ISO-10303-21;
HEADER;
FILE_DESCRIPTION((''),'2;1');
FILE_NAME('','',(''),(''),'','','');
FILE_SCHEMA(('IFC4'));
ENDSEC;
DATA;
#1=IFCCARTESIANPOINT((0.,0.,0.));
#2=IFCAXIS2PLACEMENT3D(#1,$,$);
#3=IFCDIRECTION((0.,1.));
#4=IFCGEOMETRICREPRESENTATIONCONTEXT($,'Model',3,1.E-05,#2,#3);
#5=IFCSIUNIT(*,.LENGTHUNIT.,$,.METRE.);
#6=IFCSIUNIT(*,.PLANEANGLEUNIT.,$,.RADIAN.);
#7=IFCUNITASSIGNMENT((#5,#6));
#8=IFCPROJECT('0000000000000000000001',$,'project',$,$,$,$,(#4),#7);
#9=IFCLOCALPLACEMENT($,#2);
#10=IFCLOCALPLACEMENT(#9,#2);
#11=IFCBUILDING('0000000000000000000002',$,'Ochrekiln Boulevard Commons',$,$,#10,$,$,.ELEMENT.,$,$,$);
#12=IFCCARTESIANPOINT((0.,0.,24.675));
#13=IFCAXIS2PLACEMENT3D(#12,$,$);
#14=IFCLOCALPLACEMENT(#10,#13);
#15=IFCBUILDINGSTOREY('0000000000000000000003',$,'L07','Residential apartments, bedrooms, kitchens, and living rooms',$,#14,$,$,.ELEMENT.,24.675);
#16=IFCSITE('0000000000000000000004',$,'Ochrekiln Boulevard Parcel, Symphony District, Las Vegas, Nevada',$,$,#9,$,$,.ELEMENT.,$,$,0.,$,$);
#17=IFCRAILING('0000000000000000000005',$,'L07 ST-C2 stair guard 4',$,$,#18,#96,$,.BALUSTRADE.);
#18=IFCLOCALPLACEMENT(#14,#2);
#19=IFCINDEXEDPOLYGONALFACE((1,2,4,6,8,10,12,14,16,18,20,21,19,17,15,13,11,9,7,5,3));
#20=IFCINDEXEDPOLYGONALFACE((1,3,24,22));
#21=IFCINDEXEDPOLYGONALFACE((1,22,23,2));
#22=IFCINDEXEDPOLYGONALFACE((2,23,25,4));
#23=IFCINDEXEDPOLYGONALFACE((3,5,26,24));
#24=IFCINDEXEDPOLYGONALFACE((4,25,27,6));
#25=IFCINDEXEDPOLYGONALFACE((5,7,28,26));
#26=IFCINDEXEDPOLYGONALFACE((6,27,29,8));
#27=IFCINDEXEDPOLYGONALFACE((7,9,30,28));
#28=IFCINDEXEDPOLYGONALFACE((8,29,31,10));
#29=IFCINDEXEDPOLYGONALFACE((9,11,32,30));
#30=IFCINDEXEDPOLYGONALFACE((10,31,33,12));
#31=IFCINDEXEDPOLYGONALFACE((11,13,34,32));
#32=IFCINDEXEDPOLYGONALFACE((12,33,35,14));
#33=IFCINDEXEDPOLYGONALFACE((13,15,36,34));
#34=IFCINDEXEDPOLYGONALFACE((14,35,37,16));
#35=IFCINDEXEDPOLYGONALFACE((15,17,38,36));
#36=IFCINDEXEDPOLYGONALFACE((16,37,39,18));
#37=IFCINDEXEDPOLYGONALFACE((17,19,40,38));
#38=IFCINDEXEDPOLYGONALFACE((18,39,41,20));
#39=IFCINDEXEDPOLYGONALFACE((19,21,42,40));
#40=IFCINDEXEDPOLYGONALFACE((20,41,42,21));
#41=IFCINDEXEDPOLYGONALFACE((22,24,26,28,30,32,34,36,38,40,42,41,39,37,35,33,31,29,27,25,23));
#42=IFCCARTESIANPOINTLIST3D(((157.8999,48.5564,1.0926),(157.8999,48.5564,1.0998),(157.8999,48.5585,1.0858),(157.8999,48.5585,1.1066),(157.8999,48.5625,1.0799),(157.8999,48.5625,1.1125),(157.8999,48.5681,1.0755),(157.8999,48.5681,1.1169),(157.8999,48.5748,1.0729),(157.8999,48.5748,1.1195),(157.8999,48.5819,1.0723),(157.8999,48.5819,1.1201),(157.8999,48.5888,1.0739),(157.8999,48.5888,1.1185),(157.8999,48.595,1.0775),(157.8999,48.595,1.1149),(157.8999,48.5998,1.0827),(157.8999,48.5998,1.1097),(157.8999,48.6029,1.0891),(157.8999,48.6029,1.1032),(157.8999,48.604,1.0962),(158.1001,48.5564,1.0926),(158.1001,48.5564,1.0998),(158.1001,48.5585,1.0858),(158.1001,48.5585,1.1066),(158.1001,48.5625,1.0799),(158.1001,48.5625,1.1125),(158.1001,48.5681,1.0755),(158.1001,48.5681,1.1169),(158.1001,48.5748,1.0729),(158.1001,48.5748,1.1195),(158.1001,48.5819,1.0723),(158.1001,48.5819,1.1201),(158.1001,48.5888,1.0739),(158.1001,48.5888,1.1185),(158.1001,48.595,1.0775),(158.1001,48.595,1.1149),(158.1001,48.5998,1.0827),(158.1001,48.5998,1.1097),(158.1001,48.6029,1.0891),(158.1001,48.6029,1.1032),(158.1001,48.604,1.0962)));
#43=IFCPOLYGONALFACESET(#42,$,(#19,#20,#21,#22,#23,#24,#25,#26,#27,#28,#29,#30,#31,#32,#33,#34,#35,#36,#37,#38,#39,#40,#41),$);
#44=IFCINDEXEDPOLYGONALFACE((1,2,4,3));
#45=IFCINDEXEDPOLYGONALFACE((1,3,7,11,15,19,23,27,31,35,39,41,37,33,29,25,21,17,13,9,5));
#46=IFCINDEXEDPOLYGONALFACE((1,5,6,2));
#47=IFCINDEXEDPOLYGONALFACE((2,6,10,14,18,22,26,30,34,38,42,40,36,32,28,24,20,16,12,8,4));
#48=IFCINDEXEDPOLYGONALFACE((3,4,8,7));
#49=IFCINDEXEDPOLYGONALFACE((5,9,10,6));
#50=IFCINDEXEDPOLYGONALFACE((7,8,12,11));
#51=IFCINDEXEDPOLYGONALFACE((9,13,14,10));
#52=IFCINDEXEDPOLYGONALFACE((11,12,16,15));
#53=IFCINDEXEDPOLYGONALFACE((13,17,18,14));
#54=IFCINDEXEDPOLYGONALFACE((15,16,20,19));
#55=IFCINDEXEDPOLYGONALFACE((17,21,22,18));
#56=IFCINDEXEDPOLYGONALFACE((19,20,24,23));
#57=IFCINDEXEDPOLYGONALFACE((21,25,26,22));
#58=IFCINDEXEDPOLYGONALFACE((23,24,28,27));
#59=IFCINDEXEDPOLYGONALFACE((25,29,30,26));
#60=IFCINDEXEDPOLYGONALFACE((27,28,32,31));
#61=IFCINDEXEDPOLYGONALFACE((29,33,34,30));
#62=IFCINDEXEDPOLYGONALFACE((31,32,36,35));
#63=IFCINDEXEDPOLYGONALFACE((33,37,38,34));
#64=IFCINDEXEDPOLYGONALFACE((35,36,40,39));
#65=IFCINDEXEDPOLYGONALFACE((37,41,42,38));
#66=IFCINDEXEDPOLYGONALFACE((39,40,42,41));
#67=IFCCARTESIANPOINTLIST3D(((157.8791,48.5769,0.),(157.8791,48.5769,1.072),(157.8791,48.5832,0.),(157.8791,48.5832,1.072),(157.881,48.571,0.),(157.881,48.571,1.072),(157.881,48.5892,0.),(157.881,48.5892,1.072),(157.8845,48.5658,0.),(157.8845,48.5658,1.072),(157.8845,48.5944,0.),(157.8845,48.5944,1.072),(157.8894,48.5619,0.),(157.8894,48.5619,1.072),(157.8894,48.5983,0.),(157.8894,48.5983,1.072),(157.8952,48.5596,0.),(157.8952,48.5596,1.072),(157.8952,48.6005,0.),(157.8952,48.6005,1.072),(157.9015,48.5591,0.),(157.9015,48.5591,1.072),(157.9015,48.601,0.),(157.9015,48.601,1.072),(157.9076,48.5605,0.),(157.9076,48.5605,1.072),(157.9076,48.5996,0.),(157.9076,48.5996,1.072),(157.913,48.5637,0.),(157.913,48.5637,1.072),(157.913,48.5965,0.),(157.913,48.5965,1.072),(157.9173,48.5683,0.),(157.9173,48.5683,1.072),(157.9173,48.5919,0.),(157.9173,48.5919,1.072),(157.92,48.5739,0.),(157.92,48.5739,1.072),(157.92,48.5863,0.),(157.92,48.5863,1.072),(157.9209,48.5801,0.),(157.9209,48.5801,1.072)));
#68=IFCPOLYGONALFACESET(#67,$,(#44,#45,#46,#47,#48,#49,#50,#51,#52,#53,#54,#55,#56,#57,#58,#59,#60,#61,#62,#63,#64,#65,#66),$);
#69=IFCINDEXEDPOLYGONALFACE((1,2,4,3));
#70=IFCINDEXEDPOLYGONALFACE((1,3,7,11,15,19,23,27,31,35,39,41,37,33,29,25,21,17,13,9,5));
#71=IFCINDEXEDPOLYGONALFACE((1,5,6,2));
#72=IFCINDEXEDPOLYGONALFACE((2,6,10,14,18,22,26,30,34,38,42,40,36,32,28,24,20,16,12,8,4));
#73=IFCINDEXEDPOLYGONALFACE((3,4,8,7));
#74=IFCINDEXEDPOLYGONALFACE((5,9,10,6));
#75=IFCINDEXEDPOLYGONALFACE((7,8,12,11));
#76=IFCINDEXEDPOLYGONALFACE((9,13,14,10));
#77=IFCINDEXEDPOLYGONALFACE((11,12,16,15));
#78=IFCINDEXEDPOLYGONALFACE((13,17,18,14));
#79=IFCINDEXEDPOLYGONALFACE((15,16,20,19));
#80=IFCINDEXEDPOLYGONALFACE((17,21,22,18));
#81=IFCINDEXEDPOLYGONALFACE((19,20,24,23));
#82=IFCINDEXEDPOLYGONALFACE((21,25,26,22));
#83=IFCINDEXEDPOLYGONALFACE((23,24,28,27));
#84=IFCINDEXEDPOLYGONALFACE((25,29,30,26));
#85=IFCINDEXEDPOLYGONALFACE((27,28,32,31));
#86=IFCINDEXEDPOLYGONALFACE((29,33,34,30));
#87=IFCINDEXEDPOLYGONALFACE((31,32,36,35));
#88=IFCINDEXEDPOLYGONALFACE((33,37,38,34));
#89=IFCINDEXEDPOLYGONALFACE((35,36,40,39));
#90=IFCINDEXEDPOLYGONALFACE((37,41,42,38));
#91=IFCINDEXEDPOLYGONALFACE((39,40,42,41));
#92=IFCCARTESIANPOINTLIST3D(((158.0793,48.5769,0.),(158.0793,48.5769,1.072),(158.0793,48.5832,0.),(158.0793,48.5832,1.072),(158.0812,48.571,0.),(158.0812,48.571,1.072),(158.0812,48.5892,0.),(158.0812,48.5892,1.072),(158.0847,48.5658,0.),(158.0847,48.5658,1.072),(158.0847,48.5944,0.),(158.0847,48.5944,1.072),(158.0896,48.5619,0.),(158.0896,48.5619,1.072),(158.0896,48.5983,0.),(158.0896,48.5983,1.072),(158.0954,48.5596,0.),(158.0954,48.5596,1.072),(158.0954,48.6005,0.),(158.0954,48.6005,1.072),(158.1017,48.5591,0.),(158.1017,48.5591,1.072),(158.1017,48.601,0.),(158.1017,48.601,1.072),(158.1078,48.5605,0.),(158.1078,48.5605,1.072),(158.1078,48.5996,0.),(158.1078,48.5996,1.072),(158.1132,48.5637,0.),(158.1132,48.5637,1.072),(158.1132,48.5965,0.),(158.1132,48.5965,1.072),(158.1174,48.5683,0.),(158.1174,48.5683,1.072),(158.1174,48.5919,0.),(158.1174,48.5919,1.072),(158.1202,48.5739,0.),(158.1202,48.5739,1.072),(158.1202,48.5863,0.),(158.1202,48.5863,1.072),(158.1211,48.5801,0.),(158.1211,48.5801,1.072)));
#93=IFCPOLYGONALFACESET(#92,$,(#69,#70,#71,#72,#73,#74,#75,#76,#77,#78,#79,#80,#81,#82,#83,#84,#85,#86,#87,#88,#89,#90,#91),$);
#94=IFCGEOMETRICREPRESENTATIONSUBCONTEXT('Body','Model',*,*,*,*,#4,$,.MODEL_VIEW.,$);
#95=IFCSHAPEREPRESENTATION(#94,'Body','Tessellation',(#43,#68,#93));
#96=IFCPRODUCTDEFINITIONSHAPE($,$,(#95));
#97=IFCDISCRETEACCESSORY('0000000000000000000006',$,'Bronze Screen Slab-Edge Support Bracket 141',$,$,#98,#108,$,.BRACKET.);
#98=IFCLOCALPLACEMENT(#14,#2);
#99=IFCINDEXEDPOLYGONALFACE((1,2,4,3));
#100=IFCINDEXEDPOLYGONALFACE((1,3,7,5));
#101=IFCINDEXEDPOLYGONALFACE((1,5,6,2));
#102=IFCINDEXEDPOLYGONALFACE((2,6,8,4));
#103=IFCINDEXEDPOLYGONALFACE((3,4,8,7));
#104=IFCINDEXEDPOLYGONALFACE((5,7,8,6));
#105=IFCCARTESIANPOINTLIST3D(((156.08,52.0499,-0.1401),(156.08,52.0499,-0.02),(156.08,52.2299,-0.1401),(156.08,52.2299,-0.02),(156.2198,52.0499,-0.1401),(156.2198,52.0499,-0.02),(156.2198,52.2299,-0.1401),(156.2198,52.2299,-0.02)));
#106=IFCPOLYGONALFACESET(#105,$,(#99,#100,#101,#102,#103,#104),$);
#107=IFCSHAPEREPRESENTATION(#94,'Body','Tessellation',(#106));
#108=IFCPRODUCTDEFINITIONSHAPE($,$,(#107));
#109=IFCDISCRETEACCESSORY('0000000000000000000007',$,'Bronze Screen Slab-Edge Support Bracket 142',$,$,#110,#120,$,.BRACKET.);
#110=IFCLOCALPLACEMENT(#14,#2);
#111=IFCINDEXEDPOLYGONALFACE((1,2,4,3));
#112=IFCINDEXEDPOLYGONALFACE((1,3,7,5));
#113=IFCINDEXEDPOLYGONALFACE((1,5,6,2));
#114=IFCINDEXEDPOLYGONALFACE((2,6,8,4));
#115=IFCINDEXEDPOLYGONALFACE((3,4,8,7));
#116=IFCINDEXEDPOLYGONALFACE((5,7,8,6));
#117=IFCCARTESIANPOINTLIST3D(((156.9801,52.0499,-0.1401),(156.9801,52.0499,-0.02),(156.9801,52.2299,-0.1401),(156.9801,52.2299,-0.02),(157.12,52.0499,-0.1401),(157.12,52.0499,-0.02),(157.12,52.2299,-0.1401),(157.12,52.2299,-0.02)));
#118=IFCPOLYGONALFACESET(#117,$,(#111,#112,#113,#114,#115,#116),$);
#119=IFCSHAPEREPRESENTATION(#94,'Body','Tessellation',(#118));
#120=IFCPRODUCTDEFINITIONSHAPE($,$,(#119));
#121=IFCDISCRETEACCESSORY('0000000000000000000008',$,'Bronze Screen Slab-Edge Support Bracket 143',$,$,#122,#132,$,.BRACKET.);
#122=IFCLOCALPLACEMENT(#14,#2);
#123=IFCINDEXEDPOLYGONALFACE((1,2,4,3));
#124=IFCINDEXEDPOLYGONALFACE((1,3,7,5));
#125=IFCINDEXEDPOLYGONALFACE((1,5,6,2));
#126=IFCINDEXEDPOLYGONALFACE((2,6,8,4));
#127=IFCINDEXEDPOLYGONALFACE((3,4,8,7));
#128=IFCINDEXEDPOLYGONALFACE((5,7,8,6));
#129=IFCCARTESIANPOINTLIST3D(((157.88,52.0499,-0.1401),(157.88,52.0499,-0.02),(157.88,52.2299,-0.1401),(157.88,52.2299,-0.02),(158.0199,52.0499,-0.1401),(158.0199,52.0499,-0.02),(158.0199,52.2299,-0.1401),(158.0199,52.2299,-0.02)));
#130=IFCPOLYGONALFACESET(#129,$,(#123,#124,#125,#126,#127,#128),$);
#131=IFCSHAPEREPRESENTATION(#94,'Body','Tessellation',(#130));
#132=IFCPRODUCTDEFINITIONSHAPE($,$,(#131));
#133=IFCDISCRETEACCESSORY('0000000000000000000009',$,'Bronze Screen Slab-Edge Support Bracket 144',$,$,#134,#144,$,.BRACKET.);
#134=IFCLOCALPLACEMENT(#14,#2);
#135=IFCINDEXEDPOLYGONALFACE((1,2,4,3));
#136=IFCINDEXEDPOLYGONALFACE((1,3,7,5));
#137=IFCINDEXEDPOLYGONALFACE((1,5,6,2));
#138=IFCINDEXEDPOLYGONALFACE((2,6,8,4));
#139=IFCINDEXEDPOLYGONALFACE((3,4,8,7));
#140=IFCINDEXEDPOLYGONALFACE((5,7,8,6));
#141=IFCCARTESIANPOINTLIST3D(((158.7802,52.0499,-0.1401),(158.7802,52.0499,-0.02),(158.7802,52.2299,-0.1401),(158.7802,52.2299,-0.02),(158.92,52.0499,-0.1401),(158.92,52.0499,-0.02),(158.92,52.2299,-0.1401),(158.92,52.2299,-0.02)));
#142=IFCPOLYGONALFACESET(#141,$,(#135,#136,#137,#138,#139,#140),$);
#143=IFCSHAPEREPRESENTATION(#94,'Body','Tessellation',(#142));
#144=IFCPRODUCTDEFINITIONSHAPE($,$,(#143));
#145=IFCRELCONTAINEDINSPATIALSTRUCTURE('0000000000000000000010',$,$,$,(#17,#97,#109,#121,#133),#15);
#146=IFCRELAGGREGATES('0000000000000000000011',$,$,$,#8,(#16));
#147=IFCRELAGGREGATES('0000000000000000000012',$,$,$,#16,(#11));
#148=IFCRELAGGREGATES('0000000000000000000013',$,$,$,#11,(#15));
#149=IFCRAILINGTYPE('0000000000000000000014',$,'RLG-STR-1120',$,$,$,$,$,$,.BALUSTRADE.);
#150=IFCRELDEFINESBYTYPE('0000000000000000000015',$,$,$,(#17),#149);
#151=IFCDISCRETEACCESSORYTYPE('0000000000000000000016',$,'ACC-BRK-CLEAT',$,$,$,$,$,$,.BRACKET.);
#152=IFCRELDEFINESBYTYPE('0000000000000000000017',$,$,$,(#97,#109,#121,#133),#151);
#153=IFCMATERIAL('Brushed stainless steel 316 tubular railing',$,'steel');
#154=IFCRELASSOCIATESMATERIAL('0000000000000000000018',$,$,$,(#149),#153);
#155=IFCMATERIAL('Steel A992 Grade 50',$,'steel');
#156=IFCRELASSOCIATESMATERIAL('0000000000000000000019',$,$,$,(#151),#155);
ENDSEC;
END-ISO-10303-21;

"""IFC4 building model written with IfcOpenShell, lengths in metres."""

from ifc_helpers import new_model, si_unit, direction, frame, origin, origin_2d, place, context, subcontext, project, spatial, rectangle, circle, extrude, material, type_object, element, save


model = new_model("IFC4")

# Units and contexts
model_context = context("Model", 3, precision=1e-05, world=origin(), true_north=direction((0.0, 1.0)))
body_context = subcontext(model_context, "Body", "Model", "MODEL_VIEW")
ifc_project = project(units=[si_unit("LENGTHUNIT", "METRE"), si_unit("PLANEANGLEUNIT", "RADIAN")], contexts=[model_context])

# Site, building, storey
site_placement = place(None, origin())
site = spatial("IfcSite", under=ifc_project, at=site_placement, Name="Ochrekiln Boulevard Parcel, Symphony District, Las Vegas, Nevada", CompositionType="ELEMENT", RefElevation=0.0)
building_placement = place(site_placement, origin())
building = spatial("IfcBuilding", under=site, at=building_placement, Name="Ochrekiln Boulevard Commons", CompositionType="ELEMENT")
storey_placement = place(building_placement, frame((0.0, 0.0, 24.675)))
storey = spatial("IfcBuildingStorey", under=building, at=storey_placement, Name="L07", Description="Residential apartments, bedrooms, kitchens, and living rooms", CompositionType="ELEMENT", Elevation=24.675)

# Railing
ifc_material_1 = material(Name="Brushed stainless steel 316 tubular railing", Category="steel")
railing_type_1 = type_object("IfcRailingType", Name="RLG-STR-1120", PredefinedType="BALUSTRADE", material=ifc_material_1)
railing_1_placement = place(storey_placement, frame((157.8999, 48.5801, 0.0)))
element("IfcRailing", 1, at=railing_1_placement, inside=storey, type_object=railing_type_1, Name="L07 ST-C2 stair guard 4", PredefinedType="BALUSTRADE", context=body_context, shape_type="SweptSolid", body=[
    extrude(circle(Radius=0.0239, at=origin_2d()), frame((0.0, 0.0, 1.0962), z_axis=(1.0, 0.0, 0.0), x_axis=(0.0, 1.0, 0.0)), (0.0, 0.0, 1.0), 0.2002),
    extrude(circle(Radius=0.021, at=origin_2d()), origin(), (0.0, 0.0, 1.0), 1.072),
    extrude(circle(Radius=0.021, at=origin_2d()), frame((0.2002, 0.0, 0.0)), (0.0, 0.0, 1.0), 1.072),
])

# Discrete accessories
ifc_material_2 = material(Name="Steel A992 Grade 50", Category="steel")
discrete_accessory_type = type_object("IfcDiscreteAccessoryType", Name="ACC-BRK-CLEAT", PredefinedType="BRACKET", material=ifc_material_2)
for number, where, z_axis, x_axis, name in (
    (2, (156.1499, 52.1399, -0.1401), (0.0, 0.0, 1.0), (1.0, 0.0, 0.0), "Bronze Screen Slab-Edge Support Bracket 141"),
    (3, (157.05, 52.1399, -0.1401), (0.0, 0.0, 1.0), (1.0, 0.0, 0.0), "Bronze Screen Slab-Edge Support Bracket 142"),
    (4, (157.95, 52.1399, -0.1401), (0.0, 0.0, 1.0), (1.0, 0.0, 0.0), "Bronze Screen Slab-Edge Support Bracket 143"),
    (5, (158.8501, 52.1399, -0.1401), (0.0, 0.0, 1.0), (1.0, 0.0, 0.0), "Bronze Screen Slab-Edge Support Bracket 144"),
):
    element("IfcDiscreteAccessory", number, at=place(storey_placement, frame(where, z_axis=z_axis, x_axis=x_axis)), inside=storey, type_object=discrete_accessory_type, Name=name, PredefinedType="BRACKET", context=body_context, shape_type="SweptSolid", body=[
        extrude(rectangle(XDim=0.1399, YDim=0.1799, at=origin_2d()), origin(), (0.0, 0.0, 1.0), 0.1201),
    ])

save(model, "model.ifc")
